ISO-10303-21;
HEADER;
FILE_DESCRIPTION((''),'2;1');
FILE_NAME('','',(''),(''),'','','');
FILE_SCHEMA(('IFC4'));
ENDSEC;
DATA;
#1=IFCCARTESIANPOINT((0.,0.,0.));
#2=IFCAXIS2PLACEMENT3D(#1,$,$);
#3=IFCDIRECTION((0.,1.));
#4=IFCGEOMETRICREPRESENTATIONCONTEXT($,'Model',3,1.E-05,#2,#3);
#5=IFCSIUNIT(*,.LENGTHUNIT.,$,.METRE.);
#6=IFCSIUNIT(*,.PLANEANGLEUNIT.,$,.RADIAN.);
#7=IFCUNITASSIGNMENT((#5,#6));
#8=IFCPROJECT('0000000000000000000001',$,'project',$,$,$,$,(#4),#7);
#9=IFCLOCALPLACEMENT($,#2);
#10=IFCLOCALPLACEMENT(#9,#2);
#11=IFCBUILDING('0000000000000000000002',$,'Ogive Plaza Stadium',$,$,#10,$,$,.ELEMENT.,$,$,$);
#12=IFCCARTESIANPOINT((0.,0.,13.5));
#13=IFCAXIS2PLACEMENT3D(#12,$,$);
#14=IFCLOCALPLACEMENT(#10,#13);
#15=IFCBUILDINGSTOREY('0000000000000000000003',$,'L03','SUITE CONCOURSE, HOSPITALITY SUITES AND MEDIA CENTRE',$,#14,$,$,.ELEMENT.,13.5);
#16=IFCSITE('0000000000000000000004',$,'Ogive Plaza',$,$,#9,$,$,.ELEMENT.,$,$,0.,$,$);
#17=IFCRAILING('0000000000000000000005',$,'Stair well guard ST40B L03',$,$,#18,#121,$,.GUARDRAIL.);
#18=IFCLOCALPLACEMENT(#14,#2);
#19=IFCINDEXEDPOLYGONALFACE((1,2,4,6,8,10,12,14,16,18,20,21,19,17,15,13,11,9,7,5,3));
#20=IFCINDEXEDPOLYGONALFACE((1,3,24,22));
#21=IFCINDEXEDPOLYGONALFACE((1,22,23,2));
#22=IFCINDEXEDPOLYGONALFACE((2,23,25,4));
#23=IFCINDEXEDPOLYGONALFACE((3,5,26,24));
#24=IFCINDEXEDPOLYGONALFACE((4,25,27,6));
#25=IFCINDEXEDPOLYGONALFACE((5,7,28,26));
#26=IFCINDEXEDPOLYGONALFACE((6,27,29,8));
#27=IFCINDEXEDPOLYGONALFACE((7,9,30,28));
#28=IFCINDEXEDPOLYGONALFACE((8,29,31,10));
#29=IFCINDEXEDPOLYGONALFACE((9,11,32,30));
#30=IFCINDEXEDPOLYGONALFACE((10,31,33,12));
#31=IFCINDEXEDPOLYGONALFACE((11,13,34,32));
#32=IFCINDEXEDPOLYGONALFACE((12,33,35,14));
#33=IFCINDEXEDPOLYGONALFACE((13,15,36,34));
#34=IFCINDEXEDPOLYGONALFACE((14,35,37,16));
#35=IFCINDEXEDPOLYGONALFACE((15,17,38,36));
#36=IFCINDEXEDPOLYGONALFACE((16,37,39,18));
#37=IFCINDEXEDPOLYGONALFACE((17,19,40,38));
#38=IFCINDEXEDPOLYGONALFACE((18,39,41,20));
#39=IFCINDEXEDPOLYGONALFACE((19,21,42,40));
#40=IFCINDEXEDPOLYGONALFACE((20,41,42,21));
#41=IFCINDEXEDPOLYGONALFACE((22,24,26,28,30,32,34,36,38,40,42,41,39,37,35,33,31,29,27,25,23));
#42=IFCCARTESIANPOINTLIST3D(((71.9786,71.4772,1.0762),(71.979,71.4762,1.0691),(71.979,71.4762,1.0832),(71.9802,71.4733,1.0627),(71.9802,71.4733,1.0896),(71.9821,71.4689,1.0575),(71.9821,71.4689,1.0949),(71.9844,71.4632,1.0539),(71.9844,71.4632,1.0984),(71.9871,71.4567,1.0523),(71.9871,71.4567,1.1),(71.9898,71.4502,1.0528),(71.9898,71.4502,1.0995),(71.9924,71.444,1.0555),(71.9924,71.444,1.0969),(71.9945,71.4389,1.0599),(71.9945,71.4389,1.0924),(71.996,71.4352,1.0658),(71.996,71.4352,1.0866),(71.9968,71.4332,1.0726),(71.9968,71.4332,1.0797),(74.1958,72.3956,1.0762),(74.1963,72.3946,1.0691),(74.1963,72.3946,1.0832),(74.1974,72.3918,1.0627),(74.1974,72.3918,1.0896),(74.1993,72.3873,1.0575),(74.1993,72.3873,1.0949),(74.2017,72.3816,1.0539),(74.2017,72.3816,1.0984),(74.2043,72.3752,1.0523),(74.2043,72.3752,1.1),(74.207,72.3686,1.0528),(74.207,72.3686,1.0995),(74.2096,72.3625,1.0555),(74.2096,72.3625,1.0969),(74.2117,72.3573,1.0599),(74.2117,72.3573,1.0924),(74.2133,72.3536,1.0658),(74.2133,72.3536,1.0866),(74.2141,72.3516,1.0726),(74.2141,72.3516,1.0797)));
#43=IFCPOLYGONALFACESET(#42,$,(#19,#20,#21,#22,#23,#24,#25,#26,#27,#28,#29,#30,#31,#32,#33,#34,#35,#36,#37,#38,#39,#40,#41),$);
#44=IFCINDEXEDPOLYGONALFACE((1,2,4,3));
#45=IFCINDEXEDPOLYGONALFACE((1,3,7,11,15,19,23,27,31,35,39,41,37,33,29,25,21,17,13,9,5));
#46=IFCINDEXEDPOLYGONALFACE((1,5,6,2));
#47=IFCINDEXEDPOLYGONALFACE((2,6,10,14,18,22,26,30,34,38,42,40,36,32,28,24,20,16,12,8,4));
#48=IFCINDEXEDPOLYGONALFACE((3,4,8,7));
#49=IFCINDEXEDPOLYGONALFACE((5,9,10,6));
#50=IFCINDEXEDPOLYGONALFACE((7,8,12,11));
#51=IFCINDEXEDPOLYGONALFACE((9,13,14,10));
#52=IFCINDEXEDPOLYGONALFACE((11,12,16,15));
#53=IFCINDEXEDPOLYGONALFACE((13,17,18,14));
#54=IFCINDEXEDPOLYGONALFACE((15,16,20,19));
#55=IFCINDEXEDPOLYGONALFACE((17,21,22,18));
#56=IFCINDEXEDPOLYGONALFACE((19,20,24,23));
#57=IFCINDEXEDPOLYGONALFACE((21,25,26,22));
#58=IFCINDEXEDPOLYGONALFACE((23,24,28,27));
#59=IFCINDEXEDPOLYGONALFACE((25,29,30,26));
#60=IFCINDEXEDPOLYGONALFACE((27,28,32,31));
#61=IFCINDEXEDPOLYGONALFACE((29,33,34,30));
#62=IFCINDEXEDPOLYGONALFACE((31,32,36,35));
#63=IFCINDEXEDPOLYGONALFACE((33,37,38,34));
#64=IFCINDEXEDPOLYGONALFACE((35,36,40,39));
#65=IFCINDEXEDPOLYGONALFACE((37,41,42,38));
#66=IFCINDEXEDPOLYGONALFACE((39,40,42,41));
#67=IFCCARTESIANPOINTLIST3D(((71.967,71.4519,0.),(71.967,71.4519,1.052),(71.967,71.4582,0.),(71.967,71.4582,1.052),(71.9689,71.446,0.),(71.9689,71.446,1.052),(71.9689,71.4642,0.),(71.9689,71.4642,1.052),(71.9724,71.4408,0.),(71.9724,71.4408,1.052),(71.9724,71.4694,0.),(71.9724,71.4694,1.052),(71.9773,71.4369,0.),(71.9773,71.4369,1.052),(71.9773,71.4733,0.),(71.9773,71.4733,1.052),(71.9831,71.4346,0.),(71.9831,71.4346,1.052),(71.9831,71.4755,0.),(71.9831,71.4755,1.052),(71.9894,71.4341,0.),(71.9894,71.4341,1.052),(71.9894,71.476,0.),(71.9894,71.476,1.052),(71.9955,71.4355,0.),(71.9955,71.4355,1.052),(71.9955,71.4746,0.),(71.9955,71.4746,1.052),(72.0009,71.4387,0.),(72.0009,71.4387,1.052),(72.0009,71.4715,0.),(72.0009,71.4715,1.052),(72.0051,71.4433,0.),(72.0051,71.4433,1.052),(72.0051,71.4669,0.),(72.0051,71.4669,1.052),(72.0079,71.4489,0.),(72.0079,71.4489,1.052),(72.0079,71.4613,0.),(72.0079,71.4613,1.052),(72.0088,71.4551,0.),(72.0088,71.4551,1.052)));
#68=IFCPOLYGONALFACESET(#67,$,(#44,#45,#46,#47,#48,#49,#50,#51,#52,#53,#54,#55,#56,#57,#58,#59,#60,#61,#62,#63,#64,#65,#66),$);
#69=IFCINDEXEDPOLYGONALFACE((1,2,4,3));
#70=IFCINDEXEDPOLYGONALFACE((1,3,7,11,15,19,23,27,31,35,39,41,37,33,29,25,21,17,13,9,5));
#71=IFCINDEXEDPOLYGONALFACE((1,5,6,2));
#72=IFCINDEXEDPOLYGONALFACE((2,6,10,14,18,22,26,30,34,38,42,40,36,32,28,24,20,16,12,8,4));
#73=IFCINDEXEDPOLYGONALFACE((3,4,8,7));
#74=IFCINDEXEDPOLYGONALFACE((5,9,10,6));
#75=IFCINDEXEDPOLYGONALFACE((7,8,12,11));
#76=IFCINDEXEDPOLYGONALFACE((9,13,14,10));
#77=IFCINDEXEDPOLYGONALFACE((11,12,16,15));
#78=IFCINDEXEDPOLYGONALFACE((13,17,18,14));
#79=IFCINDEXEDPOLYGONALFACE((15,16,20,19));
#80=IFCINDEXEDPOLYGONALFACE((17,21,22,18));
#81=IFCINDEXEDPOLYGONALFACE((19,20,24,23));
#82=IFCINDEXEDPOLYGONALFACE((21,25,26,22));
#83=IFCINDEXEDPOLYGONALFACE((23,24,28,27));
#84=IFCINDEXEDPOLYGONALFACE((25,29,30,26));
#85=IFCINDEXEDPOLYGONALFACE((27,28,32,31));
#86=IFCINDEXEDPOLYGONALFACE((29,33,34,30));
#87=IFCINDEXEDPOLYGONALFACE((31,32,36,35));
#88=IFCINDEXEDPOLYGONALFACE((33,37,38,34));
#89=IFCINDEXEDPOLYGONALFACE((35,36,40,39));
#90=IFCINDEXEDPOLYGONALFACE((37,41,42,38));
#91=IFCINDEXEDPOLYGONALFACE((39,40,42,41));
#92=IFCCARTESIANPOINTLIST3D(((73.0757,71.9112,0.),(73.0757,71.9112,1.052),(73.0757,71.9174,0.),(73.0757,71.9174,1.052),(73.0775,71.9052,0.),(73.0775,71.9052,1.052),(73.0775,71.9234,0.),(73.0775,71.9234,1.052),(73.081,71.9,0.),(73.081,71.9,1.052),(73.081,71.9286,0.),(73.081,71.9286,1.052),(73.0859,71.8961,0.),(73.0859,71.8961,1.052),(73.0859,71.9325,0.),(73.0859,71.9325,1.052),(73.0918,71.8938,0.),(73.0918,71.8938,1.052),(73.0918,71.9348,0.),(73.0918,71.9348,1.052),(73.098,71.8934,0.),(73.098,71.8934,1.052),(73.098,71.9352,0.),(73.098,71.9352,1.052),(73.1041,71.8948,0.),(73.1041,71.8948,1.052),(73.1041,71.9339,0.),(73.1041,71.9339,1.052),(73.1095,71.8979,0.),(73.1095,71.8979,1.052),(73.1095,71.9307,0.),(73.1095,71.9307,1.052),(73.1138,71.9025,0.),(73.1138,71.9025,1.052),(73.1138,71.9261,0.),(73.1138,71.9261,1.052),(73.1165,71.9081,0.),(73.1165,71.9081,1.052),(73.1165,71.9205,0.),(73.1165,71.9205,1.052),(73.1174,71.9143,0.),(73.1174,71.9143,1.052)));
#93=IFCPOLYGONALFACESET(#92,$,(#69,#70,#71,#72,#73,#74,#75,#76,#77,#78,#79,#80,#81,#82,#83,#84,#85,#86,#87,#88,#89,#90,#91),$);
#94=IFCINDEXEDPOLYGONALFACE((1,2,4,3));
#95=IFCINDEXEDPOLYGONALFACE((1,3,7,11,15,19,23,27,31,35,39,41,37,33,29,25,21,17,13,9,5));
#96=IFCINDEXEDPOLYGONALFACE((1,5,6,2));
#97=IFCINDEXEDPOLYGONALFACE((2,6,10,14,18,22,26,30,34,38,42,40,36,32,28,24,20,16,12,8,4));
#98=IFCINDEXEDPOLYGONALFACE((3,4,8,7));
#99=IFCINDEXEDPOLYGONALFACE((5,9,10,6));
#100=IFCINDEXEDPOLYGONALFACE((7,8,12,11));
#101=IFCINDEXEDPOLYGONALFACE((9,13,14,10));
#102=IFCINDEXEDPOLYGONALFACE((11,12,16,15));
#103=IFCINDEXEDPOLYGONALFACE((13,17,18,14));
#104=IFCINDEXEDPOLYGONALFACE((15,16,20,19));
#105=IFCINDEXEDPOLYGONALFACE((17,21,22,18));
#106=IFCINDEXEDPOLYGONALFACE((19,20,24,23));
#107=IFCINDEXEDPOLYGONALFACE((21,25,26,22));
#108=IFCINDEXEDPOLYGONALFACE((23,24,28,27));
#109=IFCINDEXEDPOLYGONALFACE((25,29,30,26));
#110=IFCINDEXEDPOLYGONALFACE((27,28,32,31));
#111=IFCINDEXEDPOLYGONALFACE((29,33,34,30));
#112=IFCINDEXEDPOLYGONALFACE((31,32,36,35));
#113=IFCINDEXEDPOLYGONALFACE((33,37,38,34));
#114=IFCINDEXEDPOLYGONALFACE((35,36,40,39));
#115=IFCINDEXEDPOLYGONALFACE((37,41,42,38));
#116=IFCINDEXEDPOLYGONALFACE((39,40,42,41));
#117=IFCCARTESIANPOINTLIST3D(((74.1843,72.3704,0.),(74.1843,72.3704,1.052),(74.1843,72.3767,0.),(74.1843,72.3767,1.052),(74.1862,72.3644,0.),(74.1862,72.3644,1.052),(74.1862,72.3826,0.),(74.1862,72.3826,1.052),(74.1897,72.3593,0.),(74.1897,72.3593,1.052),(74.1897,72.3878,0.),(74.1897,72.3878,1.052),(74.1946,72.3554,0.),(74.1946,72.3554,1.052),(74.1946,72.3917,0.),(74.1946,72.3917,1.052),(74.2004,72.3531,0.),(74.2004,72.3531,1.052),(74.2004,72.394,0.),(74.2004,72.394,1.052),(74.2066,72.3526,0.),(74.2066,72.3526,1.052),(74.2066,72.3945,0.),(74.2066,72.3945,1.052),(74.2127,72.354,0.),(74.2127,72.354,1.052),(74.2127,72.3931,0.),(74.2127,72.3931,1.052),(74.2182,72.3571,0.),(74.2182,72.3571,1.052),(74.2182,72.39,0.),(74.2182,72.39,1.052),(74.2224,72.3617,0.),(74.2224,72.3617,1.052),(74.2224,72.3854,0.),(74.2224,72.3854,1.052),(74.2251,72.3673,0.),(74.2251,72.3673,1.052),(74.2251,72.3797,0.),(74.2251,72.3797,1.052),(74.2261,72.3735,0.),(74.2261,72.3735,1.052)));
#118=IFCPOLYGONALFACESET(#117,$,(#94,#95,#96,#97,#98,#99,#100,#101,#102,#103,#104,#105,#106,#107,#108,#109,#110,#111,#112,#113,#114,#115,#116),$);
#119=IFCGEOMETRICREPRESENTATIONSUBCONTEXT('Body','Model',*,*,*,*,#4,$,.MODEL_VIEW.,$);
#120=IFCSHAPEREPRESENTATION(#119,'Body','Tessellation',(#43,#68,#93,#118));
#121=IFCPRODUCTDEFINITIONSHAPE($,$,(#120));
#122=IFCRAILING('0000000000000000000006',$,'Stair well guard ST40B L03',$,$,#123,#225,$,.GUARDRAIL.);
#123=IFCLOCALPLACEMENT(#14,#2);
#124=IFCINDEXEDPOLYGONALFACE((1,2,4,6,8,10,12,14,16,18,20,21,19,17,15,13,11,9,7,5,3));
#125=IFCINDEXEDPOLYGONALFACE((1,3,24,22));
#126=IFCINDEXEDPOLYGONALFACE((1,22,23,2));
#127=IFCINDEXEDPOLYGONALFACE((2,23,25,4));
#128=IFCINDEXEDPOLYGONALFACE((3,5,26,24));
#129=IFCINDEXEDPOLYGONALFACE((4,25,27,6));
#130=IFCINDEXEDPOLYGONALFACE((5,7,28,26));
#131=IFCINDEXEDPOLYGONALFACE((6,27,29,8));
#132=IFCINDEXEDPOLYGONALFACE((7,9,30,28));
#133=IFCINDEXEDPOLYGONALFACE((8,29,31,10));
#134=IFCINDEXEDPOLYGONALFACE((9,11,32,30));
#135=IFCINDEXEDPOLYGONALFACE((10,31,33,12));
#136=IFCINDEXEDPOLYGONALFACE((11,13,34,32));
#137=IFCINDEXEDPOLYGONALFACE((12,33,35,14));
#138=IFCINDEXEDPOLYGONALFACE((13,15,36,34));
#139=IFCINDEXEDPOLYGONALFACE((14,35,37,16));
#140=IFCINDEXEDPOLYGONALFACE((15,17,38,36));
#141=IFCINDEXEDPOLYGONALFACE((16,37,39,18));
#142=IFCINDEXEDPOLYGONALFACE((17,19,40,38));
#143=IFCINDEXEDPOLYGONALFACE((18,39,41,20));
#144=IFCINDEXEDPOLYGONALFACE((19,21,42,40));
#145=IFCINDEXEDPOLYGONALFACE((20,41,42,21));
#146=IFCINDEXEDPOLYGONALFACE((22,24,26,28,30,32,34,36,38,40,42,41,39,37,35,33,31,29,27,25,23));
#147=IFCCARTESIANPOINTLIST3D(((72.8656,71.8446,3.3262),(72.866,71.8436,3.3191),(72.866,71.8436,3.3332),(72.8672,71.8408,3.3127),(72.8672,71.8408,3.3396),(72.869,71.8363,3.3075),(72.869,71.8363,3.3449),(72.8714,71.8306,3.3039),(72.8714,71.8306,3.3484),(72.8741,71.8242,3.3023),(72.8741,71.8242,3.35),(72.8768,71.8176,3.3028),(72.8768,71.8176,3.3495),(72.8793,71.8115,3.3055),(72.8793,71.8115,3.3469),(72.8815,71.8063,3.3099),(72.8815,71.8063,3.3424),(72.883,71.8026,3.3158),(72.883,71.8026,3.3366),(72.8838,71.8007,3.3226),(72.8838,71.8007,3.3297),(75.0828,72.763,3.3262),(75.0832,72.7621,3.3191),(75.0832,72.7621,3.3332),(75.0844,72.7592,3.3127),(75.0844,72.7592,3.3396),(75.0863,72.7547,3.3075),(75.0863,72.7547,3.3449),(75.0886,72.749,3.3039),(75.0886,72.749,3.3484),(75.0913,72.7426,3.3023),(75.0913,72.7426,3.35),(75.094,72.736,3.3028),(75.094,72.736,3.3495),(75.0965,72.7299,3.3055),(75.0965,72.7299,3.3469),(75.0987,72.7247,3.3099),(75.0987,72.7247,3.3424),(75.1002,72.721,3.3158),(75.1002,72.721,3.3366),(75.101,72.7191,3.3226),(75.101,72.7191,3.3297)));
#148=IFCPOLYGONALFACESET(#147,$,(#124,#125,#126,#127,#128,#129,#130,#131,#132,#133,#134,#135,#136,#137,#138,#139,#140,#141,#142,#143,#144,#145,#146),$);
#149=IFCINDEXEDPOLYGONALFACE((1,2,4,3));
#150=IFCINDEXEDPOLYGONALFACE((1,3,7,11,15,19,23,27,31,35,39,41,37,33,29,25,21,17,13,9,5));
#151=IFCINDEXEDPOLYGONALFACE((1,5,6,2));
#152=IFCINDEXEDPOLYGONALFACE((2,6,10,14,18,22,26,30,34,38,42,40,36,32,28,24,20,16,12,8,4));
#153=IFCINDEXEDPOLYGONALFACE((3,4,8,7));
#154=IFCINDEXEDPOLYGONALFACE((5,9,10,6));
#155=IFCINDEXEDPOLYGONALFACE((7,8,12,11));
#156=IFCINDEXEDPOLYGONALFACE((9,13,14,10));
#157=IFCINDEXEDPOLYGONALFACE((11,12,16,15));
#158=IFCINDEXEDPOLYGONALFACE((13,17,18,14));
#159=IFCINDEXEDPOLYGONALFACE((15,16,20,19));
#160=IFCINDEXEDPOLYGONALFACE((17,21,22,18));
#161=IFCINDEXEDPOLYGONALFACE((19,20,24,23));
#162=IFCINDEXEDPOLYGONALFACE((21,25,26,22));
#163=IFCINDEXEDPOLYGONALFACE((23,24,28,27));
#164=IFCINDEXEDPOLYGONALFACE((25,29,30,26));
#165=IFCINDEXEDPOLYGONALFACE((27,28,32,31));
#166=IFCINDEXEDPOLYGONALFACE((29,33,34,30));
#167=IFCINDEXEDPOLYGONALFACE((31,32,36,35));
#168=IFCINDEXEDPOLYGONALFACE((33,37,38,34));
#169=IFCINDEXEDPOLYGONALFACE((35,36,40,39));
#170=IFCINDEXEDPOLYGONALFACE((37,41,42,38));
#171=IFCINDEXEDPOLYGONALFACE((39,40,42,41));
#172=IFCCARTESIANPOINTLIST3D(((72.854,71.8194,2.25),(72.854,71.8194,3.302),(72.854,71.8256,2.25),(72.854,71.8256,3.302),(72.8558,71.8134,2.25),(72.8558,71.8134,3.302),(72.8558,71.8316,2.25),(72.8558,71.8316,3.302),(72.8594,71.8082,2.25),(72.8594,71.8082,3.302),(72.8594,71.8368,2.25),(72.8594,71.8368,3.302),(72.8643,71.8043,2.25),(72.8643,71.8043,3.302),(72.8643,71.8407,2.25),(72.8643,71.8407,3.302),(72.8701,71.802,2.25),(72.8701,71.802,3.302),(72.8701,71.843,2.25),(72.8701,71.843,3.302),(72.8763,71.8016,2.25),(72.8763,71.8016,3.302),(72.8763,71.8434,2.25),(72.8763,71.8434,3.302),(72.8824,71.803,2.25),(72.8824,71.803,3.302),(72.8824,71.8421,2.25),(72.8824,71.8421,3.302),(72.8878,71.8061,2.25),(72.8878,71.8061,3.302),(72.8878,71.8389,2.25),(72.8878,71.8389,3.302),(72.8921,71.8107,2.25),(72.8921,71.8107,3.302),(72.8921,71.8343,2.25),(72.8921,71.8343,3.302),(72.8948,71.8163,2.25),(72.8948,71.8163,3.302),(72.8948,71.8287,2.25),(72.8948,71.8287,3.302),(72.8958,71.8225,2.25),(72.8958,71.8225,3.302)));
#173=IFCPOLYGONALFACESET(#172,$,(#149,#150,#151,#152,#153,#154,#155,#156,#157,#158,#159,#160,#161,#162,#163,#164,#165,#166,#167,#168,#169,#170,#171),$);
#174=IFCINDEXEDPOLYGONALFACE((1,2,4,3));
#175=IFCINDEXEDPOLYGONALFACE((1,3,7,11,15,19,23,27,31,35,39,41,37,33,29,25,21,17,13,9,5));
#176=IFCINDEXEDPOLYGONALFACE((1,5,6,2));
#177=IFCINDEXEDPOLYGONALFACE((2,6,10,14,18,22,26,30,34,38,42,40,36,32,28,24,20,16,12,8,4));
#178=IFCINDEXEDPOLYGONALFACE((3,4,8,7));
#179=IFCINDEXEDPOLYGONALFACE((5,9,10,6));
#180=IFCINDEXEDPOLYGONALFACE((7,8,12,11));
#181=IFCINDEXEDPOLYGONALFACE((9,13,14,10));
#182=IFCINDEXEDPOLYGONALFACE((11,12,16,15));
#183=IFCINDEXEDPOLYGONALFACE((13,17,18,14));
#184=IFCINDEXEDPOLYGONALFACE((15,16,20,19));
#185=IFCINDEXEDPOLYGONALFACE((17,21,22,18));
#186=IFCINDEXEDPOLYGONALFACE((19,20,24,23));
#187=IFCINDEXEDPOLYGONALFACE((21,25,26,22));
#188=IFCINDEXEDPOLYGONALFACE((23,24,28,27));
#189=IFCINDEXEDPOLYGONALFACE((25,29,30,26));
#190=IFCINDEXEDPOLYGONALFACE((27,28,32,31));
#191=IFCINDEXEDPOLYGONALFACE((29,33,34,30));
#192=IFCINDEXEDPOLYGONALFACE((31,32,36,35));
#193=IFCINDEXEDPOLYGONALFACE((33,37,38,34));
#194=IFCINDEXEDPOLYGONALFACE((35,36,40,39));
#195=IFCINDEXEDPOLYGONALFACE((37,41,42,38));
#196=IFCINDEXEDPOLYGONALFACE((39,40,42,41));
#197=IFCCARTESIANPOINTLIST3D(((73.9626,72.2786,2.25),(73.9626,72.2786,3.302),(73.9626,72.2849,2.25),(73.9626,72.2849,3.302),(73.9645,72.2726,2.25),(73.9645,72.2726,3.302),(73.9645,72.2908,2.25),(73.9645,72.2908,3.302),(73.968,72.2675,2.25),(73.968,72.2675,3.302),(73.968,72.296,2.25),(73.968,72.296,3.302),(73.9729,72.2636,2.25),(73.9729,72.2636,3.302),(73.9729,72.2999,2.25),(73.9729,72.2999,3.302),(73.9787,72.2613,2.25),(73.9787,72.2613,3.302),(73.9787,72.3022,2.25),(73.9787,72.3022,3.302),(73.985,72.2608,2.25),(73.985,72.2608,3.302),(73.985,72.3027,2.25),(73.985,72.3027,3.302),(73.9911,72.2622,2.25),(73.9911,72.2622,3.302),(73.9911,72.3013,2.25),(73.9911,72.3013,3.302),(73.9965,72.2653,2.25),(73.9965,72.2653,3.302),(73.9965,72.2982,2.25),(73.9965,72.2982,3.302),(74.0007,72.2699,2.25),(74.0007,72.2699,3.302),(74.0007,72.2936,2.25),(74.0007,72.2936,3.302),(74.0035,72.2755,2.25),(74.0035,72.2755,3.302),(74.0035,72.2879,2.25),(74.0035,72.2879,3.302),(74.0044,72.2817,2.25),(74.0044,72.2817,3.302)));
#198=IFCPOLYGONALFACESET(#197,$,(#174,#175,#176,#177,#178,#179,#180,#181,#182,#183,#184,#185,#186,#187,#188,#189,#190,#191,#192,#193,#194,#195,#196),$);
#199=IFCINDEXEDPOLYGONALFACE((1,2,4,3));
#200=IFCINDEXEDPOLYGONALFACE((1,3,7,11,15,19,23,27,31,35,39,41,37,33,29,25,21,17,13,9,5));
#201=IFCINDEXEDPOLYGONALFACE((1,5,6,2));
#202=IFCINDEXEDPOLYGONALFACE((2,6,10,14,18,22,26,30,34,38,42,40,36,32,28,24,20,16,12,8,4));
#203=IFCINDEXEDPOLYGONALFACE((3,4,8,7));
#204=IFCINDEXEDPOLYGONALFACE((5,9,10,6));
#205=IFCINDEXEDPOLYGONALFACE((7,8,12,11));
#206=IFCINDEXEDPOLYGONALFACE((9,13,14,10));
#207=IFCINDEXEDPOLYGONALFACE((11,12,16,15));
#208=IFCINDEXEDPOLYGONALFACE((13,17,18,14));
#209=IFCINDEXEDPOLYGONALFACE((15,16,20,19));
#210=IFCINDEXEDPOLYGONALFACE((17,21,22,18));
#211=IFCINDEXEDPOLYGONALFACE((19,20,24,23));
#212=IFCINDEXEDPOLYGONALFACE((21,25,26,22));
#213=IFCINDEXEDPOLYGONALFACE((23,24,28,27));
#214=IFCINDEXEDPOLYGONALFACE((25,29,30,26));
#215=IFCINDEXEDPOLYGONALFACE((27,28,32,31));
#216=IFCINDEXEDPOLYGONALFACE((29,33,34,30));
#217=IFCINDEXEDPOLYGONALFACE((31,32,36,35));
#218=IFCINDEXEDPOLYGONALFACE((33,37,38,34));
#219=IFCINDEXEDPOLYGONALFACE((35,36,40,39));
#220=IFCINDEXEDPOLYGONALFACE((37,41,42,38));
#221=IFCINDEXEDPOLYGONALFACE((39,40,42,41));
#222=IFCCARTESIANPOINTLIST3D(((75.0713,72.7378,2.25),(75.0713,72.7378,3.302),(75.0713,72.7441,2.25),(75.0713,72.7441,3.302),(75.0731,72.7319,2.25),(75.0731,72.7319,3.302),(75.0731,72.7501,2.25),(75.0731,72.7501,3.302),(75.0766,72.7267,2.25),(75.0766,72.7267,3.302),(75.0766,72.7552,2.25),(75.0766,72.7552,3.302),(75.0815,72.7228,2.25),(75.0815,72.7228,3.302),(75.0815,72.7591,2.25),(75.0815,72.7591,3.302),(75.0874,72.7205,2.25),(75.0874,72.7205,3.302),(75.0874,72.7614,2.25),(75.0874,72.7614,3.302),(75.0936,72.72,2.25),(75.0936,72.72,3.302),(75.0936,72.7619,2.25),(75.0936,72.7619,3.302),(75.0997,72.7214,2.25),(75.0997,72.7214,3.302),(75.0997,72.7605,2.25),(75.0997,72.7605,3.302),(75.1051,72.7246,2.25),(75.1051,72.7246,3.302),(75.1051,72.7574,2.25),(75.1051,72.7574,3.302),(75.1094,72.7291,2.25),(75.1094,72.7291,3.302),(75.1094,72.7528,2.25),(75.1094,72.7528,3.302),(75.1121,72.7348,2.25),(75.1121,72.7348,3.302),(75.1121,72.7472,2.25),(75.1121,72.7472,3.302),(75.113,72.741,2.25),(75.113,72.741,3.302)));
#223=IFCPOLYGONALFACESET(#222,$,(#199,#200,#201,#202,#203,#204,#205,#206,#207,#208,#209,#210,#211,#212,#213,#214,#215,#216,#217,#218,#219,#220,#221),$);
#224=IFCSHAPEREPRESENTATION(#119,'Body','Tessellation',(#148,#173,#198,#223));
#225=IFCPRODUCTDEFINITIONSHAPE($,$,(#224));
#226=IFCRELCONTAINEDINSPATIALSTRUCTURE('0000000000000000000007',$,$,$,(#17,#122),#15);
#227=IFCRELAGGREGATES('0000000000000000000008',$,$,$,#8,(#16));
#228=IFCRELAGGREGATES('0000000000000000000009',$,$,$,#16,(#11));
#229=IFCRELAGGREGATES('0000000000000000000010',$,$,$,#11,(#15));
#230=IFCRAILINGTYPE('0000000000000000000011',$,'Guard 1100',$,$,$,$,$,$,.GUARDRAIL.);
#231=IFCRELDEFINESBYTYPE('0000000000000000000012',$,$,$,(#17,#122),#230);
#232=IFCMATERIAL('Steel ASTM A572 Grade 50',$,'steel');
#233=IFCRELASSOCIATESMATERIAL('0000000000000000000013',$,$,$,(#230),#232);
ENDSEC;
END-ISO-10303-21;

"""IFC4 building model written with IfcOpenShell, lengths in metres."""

from ifc_helpers import new_model, si_unit, direction, frame, origin, origin_2d, place, context, subcontext, project, spatial, circle, extrude, material, type_object, element, save


model = new_model("IFC4")

# Units and contexts
model_context = context("Model", 3, precision=1e-05, world=origin(), true_north=direction((0.0, 1.0)))
body_context = subcontext(model_context, "Body", "Model", "MODEL_VIEW")
ifc_project = project(units=[si_unit("LENGTHUNIT", "METRE"), si_unit("PLANEANGLEUNIT", "RADIAN")], contexts=[model_context])

# Site, building, storey
site_placement = place(None, origin())
site = spatial("IfcSite", under=ifc_project, at=site_placement, Name="Ogive Plaza", CompositionType="ELEMENT", RefElevation=0.0)
building_placement = place(site_placement, origin())
building = spatial("IfcBuilding", under=site, at=building_placement, Name="Ogive Plaza Stadium", CompositionType="ELEMENT")
storey_placement = place(building_placement, frame((0.0, 0.0, 13.5)))
storey = spatial("IfcBuildingStorey", under=building, at=storey_placement, Name="L03", Description="SUITE CONCOURSE, HOSPITALITY SUITES AND MEDIA CENTRE", CompositionType="ELEMENT", Elevation=13.5)

# Railings
ifc_material_1 = material(Name="Steel ASTM A572 Grade 50", Category="steel")
railing_type_1 = type_object("IfcRailingType", Name="Guard 1100", PredefinedType="GUARDRAIL", material=ifc_material_1)
for number, where, name in (
    (1, (71.9878, 71.4551, 0.0), "Stair well guard ST40B L03"),
    (2, (72.8748, 71.8225, 2.25), "Stair well guard ST40B L03"),
):
    element("IfcRailing", number, at=place(storey_placement, frame(where)), inside=storey, type_object=railing_type_1, Name=name, PredefinedType="GUARDRAIL", context=body_context, shape_type="SweptSolid", body=[
        extrude(circle(Radius=0.0239, at=origin_2d()), frame((0.0, 0.0, 1.0762), z_axis=(0.923875, 0.382693, 0.0), x_axis=(-0.382693, 0.923875, 0.0)), (0.0, 0.0, 1.0), 2.3999),
        extrude(circle(Radius=0.021, at=origin_2d()), origin(), (0.0, 0.0, 1.0), 1.052),
        extrude(circle(Radius=0.021, at=origin_2d()), frame((1.1086, 0.4592, 0.0)), (0.0, 0.0, 1.0), 1.052),
        extrude(circle(Radius=0.021, at=origin_2d()), frame((2.2173, 0.9185, 0.0)), (0.0, 0.0, 1.0), 1.052),
    ])

save(model, "model.ifc")
